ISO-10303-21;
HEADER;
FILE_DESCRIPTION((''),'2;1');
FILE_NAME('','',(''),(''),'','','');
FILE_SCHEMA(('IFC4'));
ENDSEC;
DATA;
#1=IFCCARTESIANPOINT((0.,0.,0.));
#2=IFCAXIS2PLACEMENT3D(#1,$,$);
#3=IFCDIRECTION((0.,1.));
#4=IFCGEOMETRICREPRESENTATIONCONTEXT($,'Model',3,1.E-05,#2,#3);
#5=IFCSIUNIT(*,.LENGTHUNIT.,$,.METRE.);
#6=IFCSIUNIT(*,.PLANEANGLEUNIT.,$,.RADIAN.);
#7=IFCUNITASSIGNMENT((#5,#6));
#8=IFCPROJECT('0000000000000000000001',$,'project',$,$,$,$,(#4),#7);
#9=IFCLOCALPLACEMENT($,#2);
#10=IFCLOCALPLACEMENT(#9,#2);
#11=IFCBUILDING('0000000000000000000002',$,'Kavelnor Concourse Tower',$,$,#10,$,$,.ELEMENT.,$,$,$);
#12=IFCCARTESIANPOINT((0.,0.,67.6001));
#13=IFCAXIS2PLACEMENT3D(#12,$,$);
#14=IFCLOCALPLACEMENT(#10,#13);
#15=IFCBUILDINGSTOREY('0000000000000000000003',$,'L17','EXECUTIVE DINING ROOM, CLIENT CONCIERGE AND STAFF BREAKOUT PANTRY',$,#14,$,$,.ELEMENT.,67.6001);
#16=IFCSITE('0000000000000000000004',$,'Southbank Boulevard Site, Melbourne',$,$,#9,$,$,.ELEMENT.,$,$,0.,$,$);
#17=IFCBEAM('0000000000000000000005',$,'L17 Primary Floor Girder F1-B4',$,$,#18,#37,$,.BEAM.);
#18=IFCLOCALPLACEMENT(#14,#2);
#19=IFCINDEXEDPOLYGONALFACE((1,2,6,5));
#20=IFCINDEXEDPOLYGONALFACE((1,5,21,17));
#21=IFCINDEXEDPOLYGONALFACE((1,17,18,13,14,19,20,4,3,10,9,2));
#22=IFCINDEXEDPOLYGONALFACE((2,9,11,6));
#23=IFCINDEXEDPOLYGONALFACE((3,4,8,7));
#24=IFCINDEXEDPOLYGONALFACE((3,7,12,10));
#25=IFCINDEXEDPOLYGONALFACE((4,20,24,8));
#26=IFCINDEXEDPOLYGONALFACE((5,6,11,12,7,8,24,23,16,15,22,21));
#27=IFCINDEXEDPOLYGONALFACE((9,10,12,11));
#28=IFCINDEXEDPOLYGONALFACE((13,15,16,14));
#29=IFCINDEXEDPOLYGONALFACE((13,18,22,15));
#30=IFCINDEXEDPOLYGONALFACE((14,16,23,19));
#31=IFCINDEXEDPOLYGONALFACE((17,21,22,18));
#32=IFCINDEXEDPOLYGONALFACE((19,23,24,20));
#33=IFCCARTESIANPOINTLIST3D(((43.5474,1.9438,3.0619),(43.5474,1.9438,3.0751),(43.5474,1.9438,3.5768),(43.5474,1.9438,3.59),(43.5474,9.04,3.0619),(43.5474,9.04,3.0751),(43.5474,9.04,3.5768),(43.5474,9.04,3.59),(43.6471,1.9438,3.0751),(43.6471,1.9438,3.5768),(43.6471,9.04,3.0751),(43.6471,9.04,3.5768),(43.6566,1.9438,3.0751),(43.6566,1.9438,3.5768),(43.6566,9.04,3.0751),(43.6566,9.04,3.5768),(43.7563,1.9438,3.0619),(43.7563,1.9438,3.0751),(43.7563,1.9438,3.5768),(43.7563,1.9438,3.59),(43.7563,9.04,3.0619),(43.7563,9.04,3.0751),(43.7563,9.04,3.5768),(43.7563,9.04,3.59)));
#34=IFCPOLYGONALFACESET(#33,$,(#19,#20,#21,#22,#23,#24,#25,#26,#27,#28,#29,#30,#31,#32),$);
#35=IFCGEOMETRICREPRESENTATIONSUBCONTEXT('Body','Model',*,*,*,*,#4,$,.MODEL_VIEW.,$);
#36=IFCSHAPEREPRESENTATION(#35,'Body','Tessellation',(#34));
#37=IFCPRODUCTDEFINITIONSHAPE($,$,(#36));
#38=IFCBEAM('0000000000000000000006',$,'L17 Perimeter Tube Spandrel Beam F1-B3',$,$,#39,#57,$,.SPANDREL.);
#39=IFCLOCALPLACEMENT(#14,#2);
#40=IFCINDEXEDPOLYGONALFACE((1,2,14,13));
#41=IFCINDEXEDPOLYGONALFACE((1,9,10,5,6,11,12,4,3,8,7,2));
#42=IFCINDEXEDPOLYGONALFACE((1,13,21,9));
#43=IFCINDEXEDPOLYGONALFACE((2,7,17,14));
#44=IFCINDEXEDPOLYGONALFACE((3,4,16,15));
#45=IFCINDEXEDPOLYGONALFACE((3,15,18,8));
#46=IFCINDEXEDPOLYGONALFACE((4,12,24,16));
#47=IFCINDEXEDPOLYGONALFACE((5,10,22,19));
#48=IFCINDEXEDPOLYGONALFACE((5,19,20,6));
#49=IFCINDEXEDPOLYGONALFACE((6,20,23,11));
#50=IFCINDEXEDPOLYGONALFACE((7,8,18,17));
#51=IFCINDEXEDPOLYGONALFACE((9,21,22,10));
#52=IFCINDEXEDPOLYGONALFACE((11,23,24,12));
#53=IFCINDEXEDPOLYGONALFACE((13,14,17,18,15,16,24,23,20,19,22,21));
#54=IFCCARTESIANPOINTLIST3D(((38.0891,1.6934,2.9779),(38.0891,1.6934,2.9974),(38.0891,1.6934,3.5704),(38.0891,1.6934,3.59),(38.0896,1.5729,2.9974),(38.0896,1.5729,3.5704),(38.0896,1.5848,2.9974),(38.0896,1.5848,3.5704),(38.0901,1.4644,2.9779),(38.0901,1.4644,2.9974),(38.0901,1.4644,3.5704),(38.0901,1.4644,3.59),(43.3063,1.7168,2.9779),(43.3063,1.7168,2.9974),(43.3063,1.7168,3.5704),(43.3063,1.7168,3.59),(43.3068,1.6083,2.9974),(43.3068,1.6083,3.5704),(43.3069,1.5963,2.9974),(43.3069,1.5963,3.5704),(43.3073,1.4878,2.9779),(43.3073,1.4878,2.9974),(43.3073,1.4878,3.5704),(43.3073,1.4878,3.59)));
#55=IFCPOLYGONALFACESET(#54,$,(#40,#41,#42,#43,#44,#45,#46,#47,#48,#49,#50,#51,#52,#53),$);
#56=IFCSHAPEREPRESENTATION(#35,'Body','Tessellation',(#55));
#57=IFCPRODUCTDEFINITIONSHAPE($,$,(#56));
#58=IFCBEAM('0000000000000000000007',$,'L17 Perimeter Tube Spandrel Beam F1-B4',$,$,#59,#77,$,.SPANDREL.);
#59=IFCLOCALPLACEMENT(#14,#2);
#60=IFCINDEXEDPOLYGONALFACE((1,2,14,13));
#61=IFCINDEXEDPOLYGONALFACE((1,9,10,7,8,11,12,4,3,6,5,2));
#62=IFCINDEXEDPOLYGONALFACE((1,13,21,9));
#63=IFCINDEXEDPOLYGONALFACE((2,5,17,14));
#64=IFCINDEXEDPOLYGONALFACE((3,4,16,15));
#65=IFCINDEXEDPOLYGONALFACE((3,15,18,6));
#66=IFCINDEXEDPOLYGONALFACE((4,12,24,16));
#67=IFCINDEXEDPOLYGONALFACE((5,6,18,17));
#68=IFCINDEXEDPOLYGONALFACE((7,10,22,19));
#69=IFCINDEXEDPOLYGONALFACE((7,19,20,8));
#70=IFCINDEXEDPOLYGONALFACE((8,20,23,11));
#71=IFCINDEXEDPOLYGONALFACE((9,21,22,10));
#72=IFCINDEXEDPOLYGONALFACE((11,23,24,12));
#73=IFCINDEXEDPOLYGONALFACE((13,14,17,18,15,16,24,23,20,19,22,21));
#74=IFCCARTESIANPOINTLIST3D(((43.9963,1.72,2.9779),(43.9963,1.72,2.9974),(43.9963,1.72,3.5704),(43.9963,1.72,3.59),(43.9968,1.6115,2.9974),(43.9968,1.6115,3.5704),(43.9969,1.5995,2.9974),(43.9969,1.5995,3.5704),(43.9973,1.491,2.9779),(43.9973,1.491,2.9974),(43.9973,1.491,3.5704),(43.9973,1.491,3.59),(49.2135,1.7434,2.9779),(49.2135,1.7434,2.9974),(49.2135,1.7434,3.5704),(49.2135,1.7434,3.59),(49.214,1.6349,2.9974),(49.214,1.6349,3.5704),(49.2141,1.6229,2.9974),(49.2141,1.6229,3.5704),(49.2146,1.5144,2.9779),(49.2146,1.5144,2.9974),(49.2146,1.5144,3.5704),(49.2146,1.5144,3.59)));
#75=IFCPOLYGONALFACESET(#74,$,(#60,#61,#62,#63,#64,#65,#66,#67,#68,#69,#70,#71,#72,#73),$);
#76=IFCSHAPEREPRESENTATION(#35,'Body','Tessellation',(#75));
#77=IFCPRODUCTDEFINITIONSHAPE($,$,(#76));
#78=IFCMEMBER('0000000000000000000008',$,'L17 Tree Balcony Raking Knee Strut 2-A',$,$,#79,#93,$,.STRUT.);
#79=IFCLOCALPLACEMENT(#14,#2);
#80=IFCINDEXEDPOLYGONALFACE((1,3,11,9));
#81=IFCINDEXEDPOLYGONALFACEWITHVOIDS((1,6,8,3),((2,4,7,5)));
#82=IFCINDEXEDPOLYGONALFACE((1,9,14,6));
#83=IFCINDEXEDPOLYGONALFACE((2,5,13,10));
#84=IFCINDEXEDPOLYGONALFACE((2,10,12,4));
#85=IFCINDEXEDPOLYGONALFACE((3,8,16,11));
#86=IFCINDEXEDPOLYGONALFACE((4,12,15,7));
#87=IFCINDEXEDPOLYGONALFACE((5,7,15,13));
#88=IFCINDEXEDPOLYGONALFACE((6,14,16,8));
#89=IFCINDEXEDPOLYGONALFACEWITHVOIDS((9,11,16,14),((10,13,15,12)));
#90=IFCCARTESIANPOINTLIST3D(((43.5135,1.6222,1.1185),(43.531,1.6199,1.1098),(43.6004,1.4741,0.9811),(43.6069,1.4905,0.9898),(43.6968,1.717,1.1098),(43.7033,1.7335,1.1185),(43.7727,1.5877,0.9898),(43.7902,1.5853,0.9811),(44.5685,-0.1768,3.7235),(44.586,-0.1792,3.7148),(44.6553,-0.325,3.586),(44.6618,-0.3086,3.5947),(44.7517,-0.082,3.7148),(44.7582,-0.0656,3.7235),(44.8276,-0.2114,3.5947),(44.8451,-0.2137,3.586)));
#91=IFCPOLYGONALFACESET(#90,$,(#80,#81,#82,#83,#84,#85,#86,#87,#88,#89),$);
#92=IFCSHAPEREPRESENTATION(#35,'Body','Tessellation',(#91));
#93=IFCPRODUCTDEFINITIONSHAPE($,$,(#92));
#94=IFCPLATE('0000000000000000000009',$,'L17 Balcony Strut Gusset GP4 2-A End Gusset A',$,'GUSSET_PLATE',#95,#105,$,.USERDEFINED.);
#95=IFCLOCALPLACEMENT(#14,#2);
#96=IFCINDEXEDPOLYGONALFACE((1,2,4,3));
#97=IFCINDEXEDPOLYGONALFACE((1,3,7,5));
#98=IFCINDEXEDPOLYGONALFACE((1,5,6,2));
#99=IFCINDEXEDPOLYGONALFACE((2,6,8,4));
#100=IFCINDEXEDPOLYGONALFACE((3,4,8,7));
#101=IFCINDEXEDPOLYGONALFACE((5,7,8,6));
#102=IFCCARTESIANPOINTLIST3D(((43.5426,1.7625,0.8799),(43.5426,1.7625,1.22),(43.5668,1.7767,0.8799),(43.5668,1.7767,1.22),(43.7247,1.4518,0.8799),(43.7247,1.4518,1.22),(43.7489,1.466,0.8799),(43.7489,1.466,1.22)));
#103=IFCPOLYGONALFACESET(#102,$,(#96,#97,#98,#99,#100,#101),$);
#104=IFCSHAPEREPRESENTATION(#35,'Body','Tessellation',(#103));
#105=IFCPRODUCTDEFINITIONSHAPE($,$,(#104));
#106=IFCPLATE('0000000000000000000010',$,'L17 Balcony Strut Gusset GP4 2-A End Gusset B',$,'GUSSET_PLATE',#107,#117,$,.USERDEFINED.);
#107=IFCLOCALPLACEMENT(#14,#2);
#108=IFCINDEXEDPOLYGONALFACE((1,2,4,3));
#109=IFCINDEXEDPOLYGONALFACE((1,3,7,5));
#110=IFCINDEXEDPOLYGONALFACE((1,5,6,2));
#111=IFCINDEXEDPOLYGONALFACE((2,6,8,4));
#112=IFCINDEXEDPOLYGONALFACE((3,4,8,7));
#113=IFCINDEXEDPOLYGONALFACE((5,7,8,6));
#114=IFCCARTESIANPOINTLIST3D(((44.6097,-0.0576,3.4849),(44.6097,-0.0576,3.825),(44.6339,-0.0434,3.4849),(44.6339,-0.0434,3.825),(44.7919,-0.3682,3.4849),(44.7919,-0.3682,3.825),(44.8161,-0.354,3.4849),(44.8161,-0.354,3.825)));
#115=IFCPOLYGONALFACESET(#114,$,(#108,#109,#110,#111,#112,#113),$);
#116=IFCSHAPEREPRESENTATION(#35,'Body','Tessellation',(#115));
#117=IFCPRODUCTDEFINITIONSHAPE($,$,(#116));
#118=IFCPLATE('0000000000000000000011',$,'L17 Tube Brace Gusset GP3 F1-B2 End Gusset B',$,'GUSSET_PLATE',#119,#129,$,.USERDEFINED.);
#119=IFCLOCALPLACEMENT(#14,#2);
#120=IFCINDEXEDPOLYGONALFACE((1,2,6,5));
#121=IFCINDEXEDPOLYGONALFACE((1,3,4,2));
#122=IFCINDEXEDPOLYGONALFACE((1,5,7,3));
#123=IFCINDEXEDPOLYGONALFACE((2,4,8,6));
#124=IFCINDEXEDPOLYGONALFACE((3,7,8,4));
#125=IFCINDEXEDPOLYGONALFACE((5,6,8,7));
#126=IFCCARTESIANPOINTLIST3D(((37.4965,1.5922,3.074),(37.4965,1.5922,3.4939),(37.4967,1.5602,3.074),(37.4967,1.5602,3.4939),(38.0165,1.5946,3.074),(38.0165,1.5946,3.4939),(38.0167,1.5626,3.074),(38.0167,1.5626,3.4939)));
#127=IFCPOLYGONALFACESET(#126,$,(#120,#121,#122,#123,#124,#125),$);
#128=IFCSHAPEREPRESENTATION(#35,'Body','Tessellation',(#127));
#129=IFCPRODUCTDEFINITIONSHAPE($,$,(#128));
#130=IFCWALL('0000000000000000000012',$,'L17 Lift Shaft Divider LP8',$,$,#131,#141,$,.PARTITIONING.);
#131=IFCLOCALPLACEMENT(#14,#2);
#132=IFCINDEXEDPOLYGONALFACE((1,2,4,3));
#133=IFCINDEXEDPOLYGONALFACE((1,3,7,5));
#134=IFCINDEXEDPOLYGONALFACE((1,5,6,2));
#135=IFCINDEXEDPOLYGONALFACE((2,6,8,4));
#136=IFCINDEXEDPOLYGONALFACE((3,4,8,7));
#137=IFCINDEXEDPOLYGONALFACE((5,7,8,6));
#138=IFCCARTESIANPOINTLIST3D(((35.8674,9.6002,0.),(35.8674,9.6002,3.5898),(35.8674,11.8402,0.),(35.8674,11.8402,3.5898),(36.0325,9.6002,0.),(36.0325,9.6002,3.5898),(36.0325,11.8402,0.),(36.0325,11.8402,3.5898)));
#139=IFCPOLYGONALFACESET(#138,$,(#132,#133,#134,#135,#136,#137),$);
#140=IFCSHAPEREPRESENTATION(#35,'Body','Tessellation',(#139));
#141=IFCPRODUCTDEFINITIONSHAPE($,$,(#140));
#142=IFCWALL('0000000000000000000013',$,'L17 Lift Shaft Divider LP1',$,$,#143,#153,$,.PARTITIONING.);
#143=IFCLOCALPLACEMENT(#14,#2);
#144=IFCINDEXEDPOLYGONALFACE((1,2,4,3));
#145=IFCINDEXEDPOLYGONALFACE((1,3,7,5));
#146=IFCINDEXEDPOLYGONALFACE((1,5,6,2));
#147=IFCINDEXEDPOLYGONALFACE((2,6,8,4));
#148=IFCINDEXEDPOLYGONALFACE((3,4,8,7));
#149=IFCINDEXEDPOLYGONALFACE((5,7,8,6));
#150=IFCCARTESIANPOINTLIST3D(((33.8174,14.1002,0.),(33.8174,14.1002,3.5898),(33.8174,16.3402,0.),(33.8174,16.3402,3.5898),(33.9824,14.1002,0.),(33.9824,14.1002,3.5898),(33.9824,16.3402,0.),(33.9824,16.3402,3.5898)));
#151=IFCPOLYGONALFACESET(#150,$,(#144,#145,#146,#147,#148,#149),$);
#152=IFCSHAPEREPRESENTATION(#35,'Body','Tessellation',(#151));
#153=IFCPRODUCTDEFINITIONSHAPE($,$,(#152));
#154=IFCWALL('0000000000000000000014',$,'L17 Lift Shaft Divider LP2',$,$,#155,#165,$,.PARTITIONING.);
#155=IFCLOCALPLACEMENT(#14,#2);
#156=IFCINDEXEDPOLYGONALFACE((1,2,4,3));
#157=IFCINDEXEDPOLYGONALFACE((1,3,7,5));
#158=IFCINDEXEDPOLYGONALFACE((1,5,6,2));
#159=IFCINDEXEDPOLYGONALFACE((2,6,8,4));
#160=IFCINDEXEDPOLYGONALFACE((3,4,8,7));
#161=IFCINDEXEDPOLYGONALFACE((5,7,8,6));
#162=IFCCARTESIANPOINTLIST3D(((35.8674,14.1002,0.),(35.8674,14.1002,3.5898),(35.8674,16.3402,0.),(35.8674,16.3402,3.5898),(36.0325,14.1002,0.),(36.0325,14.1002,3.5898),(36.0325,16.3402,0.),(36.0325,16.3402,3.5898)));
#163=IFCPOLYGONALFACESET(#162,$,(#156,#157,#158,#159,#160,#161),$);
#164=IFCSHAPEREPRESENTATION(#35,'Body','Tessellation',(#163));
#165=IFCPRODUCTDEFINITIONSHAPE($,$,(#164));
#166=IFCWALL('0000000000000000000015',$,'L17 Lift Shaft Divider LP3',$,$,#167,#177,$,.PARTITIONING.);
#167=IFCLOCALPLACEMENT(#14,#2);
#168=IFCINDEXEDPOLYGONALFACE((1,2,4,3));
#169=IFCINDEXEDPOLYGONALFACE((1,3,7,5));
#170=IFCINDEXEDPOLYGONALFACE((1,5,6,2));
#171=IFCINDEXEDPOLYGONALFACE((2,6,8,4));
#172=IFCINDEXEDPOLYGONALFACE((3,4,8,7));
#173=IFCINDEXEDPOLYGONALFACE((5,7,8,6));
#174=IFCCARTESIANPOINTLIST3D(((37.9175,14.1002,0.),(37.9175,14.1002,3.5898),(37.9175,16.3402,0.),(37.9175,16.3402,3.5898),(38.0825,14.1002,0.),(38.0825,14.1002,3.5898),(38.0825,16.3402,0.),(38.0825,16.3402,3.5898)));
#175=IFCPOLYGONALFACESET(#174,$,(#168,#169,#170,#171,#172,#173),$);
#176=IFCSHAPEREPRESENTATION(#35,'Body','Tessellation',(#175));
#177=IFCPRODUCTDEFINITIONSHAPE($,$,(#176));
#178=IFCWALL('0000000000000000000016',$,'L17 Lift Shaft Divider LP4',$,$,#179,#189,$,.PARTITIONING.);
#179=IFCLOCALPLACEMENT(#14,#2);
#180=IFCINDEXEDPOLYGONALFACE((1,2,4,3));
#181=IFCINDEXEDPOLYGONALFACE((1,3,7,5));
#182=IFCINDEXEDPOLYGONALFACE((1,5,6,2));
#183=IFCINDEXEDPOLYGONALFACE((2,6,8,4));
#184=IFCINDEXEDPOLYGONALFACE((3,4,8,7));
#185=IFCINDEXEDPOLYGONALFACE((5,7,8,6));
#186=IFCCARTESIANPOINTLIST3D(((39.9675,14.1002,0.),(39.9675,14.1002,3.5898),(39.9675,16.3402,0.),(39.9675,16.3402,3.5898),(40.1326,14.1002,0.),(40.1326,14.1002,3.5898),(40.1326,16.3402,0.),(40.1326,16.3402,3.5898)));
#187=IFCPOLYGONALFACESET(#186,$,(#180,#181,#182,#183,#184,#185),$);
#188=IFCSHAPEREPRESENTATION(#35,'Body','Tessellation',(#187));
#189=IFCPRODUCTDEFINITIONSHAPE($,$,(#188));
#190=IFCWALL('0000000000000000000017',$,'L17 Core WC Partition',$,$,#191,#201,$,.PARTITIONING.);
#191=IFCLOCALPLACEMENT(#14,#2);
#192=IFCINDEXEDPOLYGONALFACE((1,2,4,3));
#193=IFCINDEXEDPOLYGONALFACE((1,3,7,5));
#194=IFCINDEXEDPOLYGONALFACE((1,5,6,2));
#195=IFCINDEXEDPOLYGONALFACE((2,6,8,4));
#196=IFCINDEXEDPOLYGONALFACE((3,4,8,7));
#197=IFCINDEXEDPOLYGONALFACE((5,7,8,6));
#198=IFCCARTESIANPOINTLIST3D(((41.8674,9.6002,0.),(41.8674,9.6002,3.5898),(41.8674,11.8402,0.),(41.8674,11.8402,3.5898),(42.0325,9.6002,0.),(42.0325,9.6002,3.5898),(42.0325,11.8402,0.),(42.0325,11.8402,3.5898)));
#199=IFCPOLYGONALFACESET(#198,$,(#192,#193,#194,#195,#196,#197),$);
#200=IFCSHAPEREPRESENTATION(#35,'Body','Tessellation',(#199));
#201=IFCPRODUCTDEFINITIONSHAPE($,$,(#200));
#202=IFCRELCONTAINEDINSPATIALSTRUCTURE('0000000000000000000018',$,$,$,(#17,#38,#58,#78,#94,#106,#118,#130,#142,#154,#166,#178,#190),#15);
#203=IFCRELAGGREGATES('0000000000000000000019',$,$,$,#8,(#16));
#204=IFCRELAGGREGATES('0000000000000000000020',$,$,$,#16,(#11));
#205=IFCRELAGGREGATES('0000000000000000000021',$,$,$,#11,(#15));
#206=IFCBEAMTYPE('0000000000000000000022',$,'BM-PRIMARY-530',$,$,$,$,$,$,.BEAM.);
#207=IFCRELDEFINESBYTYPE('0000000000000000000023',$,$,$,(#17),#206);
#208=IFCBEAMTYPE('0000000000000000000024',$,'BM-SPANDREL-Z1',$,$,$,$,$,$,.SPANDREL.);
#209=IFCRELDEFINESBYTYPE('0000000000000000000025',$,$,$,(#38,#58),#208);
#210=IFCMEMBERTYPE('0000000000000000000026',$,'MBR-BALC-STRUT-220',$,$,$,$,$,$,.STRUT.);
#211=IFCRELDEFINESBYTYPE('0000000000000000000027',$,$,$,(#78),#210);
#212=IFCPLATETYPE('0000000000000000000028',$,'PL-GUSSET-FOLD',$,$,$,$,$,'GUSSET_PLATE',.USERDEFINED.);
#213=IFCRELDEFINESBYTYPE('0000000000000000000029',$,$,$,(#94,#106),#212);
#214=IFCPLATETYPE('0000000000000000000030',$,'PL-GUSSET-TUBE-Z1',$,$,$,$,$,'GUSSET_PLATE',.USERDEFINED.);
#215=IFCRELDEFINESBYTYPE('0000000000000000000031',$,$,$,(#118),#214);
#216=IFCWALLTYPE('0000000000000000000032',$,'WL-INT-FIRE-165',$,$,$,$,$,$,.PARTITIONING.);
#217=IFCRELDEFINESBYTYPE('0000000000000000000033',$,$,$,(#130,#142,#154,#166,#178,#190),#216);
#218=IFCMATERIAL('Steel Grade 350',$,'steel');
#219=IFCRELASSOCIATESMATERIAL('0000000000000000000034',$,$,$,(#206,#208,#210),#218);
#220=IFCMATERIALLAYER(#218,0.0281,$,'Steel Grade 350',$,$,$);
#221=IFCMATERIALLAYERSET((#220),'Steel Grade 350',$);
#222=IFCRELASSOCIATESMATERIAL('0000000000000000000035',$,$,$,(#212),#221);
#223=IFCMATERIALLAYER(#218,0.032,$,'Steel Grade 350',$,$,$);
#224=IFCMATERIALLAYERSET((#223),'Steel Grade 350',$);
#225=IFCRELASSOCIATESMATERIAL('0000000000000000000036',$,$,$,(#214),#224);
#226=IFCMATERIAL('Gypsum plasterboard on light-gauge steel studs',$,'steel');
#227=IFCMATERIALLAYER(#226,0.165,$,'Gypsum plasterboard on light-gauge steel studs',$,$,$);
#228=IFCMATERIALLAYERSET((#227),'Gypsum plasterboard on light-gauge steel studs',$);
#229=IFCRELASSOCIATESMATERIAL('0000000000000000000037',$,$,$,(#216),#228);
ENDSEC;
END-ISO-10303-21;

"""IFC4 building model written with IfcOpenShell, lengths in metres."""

from ifc_helpers import new_model, si_unit, direction, frame, frame_2d, origin, origin_2d, place, context, subcontext, project, spatial, rectangle, hollow_rectangle, i_section, extrude, material, layer, layer_set, material_profile, profile_set, type_object, element, save


model = new_model("IFC4")

# Units and contexts
model_context = context("Model", 3, precision=1e-05, world=origin(), true_north=direction((0.0, 1.0)))
body_context = subcontext(model_context, "Body", "Model", "MODEL_VIEW")
ifc_project = project(units=[si_unit("LENGTHUNIT", "METRE"), si_unit("PLANEANGLEUNIT", "RADIAN")], contexts=[model_context])

# Site, building, storey
site_placement = place(None, origin())
site = spatial("IfcSite", under=ifc_project, at=site_placement, Name="Southbank Boulevard Site, Melbourne", CompositionType="ELEMENT", RefElevation=0.0)
building_placement = place(site_placement, origin())
building = spatial("IfcBuilding", under=site, at=building_placement, Name="Kavelnor Concourse Tower", CompositionType="ELEMENT")
storey_placement = place(building_placement, frame((0.0, 0.0, 67.6001)))
storey = spatial("IfcBuildingStorey", under=building, at=storey_placement, Name="L17", Description="EXECUTIVE DINING ROOM, CLIENT CONCIERGE AND STAFF BREAKOUT PANTRY", CompositionType="ELEMENT", Elevation=67.6001)

# Shared definitions
ifc_material_1 = material(Name="Steel Grade 350", Category="steel")

# Beams
ifc_material_profile_1 = material_profile(ifc_material_1, i_section(OverallWidth=0.209, OverallDepth=0.5281, WebThickness=0.0095, FlangeThickness=0.0132, at=origin_2d()), Name="530UB82")
ifc_profile_set_1 = profile_set([ifc_material_profile_1], Name="Steel Grade 350")
beam_type_1 = type_object("IfcBeamType", Name="BM-PRIMARY-530", PredefinedType="BEAM", material=ifc_profile_set_1)
beam_1_placement = place(storey_placement, frame((43.6519, 9.04, 3.3259), z_axis=(0.0, -1.0, 0.0), x_axis=(1.0, 0.0, 0.0)))
element("IfcBeam", 1, at=beam_1_placement, inside=storey, type_object=beam_type_1, Name="L17 Primary Floor Girder F1-B4", PredefinedType="BEAM", context=body_context, shape_type="SweptSolid", body=[
    extrude(i_section(OverallWidth=0.209, OverallDepth=0.5281, WebThickness=0.0095, FlangeThickness=0.0132, at=origin_2d()), origin(), (0.0, 0.0, 1.0), 7.0962),
])
ifc_material_profile_2 = material_profile(ifc_material_1, i_section(OverallWidth=0.229, OverallDepth=0.6121, WebThickness=0.012, FlangeThickness=0.0195, at=origin_2d()), Name="610UB125")
ifc_profile_set_2 = profile_set([ifc_material_profile_2], Name="Steel Grade 350")
beam_type_2 = type_object("IfcBeamType", Name="BM-SPANDREL-Z1", PredefinedType="SPANDREL", material=ifc_profile_set_2)
for number, where, z_axis, x_axis, name in (
    (2, (38.0896, 1.5789, 3.2839), (0.99999, 0.004492, 0.0), (-0.004492, 0.99999, 0.0), "L17 Perimeter Tube Spandrel Beam F1-B3"),
    (3, (43.9968, 1.6055, 3.2839), (0.99999, 0.004492, 0.0), (-0.004492, 0.99999, 0.0), "L17 Perimeter Tube Spandrel Beam F1-B4"),
):
    element("IfcBeam", number, at=place(storey_placement, frame(where, z_axis=z_axis, x_axis=x_axis)), inside=storey, type_object=beam_type_2, Name=name, PredefinedType="SPANDREL", context=body_context, shape_type="SweptSolid", body=[
        extrude(i_section(OverallWidth=0.229, OverallDepth=0.6121, WebThickness=0.012, FlangeThickness=0.0195, at=origin_2d()), origin(), (0.0, 0.0, 1.0), 5.2173),
    ])

# Member
ifc_material_profile_3 = material_profile(ifc_material_1, hollow_rectangle(XDim=0.22, YDim=0.22, WallThickness=0.0139, at=origin_2d()), Name="SHS 220x220x14")
ifc_profile_set_3 = profile_set([ifc_material_profile_3], Name="Steel Grade 350")
member_type = type_object("IfcMemberType", Name="MBR-BALC-STRUT-220", PredefinedType="STRUT", material=ifc_profile_set_3)
member_placement = place(storey_placement, frame((43.6519, 1.6038, 1.0498), z_axis=(0.316133, -0.539131, 0.780639), x_axis=(0.862635, 0.505828, 0.0)))
element("IfcMember", 4, at=member_placement, inside=storey, type_object=member_type, Name="L17 Tree Balcony Raking Knee Strut 2-A", PredefinedType="STRUT", context=body_context, shape_type="SweptSolid", body=[
    extrude(hollow_rectangle(XDim=0.22, YDim=0.22, WallThickness=0.0139, at=origin_2d()), origin(), (0.0, 0.0, 1.0), 3.3369),
])

# Plates
ifc_layer_1 = layer(ifc_material_1, 0.0281, Name="Steel Grade 350")
ifc_layer_set_1 = layer_set([ifc_layer_1], Name="Steel Grade 350")
plate_type_1 = type_object("IfcPlateType", Name="PL-GUSSET-FOLD", ElementType="GUSSET_PLATE", PredefinedType="USERDEFINED", material=ifc_layer_set_1)
for number, where, z_axis, x_axis, name in (
    (5, (43.6458, 1.6143, 0.8799), (0.0, 0.0, 1.0), (0.505883, -0.862602, 0.0), "L17 Balcony Strut Gusset GP4 2-A End Gusset A"),
    (6, (44.7129, -0.2058, 3.4849), (0.0, 0.0, 1.0), (0.505883, -0.862602, 0.0), "L17 Balcony Strut Gusset GP4 2-A End Gusset B"),
):
    element("IfcPlate", number, at=place(storey_placement, frame(where, z_axis=z_axis, x_axis=x_axis)), inside=storey, type_object=plate_type_1, Name=name, ObjectType="GUSSET_PLATE", PredefinedType="USERDEFINED", context=body_context, shape_type="SweptSolid", body=[
        extrude(rectangle(XDim=0.3601, YDim=0.0281, at=origin_2d()), origin(), (0.0, 0.0, 1.0), 0.3401),
    ])
ifc_layer_2 = layer(ifc_material_1, 0.032, Name="Steel Grade 350")
ifc_layer_set_2 = layer_set([ifc_layer_2], Name="Steel Grade 350")
plate_type_2 = type_object("IfcPlateType", Name="PL-GUSSET-TUBE-Z1", ElementType="GUSSET_PLATE", PredefinedType="USERDEFINED", material=ifc_layer_set_2)
plate_placement = place(storey_placement, frame((37.7566, 1.5774, 3.074), z_axis=(0.0, 0.0, 1.0), x_axis=(0.99999, 0.004538, 0.0)))
element("IfcPlate", 7, at=plate_placement, inside=storey, type_object=plate_type_2, Name="L17 Tube Brace Gusset GP3 F1-B2 End Gusset B", ObjectType="GUSSET_PLATE", PredefinedType="USERDEFINED", context=body_context, shape_type="SweptSolid", body=[
    extrude(rectangle(XDim=0.52, YDim=0.032, at=origin_2d()), origin(), (0.0, 0.0, 1.0), 0.4199),
])

# Walls
ifc_material_2 = material(Name="Gypsum plasterboard on light-gauge steel studs", Category="steel")
ifc_layer_3 = layer(ifc_material_2, 0.165, Name="Gypsum plasterboard on light-gauge steel studs")
ifc_layer_set_3 = layer_set([ifc_layer_3], Name="Gypsum plasterboard on light-gauge steel studs")
wall_type_1 = type_object("IfcWallType", Name="WL-INT-FIRE-165", PredefinedType="PARTITIONING", material=ifc_layer_set_3)
for number, where, z_axis, x_axis, name in (
    (8, (35.95, 9.6001, 0.0), (0.0, 0.0, 1.0), (0.0, 1.0, 0.0), "L17 Lift Shaft Divider LP8"),
    (9, (33.8999, 14.1001, 0.0), (0.0, 0.0, 1.0), (0.0, 1.0, 0.0), "L17 Lift Shaft Divider LP1"),
    (10, (35.95, 14.1001, 0.0), (0.0, 0.0, 1.0), (0.0, 1.0, 0.0), "L17 Lift Shaft Divider LP2"),
    (11, (38.0, 14.1001, 0.0), (0.0, 0.0, 1.0), (0.0, 1.0, 0.0), "L17 Lift Shaft Divider LP3"),
    (12, (40.05, 14.1001, 0.0), (0.0, 0.0, 1.0), (0.0, 1.0, 0.0), "L17 Lift Shaft Divider LP4"),
    (13, (41.95, 9.6001, 0.0), (0.0, 0.0, 1.0), (0.0, 1.0, 0.0), "L17 Core WC Partition"),
):
    element("IfcWall", number, at=place(storey_placement, frame(where, z_axis=z_axis, x_axis=x_axis)), inside=storey, type_object=wall_type_1, Name=name, PredefinedType="PARTITIONING", context=body_context, shape_type="SweptSolid", body=[
        extrude(rectangle(XDim=2.24, YDim=0.165, at=frame_2d((1.1201, 0.0))), origin(), (0.0, 0.0, 1.0), 3.5898),
    ])

save(model, "model.ifc")
